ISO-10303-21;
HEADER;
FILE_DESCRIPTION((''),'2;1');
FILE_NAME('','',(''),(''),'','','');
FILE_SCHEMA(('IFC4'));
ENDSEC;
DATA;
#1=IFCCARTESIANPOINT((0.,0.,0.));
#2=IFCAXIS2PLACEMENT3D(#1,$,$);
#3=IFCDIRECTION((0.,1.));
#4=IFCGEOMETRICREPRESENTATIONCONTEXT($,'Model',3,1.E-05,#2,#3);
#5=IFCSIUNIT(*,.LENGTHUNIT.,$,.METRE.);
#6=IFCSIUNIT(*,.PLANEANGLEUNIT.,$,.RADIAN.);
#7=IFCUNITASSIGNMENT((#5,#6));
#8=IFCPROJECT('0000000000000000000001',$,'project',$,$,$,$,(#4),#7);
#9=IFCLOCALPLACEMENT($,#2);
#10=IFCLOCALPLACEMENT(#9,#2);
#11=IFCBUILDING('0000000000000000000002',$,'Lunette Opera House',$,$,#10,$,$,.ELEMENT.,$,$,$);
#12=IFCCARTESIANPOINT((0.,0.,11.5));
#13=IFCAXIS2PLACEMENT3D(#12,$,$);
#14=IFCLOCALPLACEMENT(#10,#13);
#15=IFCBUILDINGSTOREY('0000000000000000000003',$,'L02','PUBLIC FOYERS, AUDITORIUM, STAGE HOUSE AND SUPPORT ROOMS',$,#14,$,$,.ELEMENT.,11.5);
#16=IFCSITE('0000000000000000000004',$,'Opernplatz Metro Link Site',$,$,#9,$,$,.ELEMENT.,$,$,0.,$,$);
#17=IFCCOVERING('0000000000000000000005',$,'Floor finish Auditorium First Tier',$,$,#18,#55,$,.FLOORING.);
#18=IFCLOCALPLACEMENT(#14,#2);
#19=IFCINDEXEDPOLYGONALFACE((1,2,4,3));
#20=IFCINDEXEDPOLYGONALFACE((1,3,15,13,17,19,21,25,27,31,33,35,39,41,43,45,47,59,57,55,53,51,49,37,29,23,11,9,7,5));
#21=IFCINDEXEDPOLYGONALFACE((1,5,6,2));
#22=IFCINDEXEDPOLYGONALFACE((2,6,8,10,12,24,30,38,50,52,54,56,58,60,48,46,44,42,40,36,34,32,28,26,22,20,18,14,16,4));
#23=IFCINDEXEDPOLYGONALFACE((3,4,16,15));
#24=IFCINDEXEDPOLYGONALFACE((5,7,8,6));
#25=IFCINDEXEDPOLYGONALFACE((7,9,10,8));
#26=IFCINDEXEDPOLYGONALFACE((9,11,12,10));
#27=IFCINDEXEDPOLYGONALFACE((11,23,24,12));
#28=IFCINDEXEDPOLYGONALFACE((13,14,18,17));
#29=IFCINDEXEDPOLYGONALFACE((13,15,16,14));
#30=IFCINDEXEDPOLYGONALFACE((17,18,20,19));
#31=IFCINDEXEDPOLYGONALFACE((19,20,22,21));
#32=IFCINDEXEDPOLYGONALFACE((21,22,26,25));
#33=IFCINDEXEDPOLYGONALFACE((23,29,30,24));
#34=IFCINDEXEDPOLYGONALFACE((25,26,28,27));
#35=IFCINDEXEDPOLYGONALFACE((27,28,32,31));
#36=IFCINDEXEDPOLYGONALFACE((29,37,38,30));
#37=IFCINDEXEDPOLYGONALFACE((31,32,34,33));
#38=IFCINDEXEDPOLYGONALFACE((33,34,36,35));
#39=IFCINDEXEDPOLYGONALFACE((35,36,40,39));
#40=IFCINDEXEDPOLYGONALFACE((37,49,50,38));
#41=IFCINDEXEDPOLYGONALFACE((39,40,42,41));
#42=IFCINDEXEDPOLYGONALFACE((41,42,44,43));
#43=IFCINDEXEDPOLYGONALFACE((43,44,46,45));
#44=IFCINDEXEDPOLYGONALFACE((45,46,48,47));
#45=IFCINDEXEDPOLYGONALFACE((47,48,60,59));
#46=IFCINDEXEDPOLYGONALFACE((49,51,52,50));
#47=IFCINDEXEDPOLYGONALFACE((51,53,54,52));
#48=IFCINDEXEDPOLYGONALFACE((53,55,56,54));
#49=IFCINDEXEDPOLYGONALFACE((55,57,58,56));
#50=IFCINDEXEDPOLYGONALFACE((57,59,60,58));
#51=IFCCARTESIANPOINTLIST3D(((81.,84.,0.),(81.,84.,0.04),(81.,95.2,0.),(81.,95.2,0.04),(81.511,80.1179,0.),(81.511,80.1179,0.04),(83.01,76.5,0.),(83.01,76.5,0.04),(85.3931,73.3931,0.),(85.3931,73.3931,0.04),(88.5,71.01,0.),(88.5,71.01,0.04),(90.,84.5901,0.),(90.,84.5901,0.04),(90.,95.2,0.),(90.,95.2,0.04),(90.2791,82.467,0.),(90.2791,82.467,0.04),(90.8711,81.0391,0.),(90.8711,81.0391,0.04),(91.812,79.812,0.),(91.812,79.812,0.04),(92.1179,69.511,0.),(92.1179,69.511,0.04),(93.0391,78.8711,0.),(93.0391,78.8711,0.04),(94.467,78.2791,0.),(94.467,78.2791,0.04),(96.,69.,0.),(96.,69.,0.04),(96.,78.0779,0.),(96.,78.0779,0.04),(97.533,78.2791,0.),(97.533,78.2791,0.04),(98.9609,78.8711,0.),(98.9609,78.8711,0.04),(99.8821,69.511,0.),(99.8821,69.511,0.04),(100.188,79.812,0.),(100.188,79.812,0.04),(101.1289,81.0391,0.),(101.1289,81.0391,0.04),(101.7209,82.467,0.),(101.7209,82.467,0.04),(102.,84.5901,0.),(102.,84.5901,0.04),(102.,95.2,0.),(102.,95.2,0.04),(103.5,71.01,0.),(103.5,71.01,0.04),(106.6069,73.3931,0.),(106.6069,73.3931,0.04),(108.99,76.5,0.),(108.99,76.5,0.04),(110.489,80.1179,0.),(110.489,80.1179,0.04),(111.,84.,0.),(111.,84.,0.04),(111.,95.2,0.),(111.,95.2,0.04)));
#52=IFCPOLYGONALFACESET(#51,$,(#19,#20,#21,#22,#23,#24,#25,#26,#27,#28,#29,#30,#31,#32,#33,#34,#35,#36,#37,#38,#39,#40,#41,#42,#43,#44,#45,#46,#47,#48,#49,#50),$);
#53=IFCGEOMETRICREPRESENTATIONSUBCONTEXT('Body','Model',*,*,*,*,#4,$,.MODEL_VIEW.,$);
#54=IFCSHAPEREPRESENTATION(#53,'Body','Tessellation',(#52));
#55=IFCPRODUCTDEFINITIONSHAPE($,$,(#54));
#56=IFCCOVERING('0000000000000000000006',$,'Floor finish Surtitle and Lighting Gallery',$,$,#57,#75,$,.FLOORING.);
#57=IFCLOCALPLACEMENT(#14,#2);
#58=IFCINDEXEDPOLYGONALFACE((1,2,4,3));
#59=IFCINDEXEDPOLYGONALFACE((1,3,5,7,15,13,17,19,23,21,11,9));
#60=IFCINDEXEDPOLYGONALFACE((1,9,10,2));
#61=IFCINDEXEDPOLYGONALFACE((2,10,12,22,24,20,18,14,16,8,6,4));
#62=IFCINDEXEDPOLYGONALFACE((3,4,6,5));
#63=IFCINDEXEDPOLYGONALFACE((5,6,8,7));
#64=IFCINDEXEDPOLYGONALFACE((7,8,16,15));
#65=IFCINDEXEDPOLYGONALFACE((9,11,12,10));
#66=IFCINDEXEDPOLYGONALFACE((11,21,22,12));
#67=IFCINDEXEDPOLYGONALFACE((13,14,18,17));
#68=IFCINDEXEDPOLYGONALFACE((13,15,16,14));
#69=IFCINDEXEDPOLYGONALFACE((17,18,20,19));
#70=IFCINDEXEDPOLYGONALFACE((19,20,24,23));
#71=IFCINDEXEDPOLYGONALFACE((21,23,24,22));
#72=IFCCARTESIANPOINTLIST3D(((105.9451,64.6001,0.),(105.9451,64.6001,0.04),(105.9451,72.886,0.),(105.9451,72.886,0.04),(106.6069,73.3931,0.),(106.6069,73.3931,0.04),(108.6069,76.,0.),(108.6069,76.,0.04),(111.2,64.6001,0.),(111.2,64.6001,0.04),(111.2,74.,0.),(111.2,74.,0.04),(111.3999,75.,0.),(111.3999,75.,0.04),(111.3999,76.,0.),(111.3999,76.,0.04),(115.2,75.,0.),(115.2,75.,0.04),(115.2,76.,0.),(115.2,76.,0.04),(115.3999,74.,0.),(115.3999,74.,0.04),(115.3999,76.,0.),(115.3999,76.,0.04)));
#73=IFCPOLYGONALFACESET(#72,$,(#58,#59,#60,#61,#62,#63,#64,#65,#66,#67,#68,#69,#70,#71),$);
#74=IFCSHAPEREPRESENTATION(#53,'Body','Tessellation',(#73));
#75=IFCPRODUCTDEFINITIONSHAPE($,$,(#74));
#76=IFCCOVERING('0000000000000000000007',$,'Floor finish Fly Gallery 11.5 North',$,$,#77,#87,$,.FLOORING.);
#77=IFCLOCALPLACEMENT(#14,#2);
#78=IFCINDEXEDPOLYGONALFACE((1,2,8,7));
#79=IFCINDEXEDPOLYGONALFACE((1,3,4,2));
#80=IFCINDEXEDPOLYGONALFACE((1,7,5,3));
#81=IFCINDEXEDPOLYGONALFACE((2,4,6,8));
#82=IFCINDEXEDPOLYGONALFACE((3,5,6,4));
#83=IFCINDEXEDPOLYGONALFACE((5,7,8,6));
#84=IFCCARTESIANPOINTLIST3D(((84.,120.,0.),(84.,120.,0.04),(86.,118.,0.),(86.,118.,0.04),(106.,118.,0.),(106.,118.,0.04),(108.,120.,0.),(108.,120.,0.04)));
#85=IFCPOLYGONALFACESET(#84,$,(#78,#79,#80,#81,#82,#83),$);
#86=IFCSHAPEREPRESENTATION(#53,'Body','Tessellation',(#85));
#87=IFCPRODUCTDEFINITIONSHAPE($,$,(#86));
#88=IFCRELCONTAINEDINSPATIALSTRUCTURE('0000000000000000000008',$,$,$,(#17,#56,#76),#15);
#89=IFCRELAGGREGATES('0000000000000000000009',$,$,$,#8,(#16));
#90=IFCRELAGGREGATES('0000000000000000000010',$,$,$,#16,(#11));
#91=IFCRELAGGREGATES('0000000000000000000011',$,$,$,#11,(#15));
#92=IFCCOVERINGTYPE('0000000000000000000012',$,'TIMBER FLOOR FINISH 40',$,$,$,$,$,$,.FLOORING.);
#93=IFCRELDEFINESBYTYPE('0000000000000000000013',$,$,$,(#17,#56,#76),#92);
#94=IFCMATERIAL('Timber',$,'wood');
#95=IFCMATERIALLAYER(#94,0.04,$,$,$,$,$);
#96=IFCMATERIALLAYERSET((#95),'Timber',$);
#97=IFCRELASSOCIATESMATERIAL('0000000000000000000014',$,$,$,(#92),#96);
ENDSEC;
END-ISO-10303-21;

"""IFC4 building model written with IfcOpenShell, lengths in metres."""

from ifc_helpers import new_model, si_unit, direction, frame, origin, place, context, subcontext, project, spatial, polyline, outline, extrude, material, layer, layer_set, type_object, element, save


model = new_model("IFC4")

# Units and contexts
model_context = context("Model", 3, precision=1e-05, world=origin(), true_north=direction((0.0, 1.0)))
body_context = subcontext(model_context, "Body", "Model", "MODEL_VIEW")
ifc_project = project(units=[si_unit("LENGTHUNIT", "METRE"), si_unit("PLANEANGLEUNIT", "RADIAN")], contexts=[model_context])

# Site, building, storey
site_placement = place(None, origin())
site = spatial("IfcSite", under=ifc_project, at=site_placement, Name="Opernplatz Metro Link Site", CompositionType="ELEMENT", RefElevation=0.0)
building_placement = place(site_placement, origin())
building = spatial("IfcBuilding", under=site, at=building_placement, Name="Lunette Opera House", CompositionType="ELEMENT")
storey_placement = place(building_placement, frame((0.0, 0.0, 11.5)))
storey = spatial("IfcBuildingStorey", under=building, at=storey_placement, Name="L02", Description="PUBLIC FOYERS, AUDITORIUM, STAGE HOUSE AND SUPPORT ROOMS", CompositionType="ELEMENT", Elevation=11.5)

# Coverings
ifc_material_1 = material(Name="Timber", Category="wood")
ifc_layer_1 = layer(ifc_material_1, 0.04)
ifc_layer_set_1 = layer_set([ifc_layer_1], Name="Timber")
covering_type_1 = type_object("IfcCoveringType", Name="TIMBER FLOOR FINISH 40", PredefinedType="FLOORING", material=ifc_layer_set_1)
covering_1_placement = place(storey_placement, origin())
element("IfcCovering", 1, at=covering_1_placement, inside=storey, type_object=covering_type_1, Name="Floor finish Auditorium First Tier", PredefinedType="FLOORING", context=body_context, shape_type="SweptSolid", body=[
    extrude(outline(polyline([(111.0, 84.0), (110.489, 80.1179), (108.99, 76.5), (106.6069, 73.3931), (103.5, 71.01), (99.8821, 69.511), (96.0, 69.0), (92.1179, 69.511), (88.5, 71.01), (85.3931, 73.3931), (83.01, 76.5), (81.511, 80.1179), (81.0, 84.0), (81.0, 95.2), (90.0, 95.2), (90.0, 84.5901), (90.2791, 82.467), (90.8711, 81.0391), (91.812, 79.812), (93.0391, 78.8711), (94.467, 78.2791), (96.0, 78.0779), (97.533, 78.2791), (98.9609, 78.8711), (100.188, 79.812), (101.1289, 81.0391), (101.7209, 82.467), (102.0, 84.5901), (102.0, 95.2), (111.0, 95.2), (111.0, 84.0)])), origin(), (0.0, 0.0, 1.0), 0.04),
])
covering_2_placement = place(storey_placement, origin())
element("IfcCovering", 2, at=covering_2_placement, inside=storey, type_object=covering_type_1, Name="Floor finish Surtitle and Lighting Gallery", PredefinedType="FLOORING", context=body_context, shape_type="SweptSolid", body=[
    extrude(outline(polyline([(105.9451, 64.6001), (105.9451, 72.886), (106.6069, 73.3931), (108.6069, 76.0), (111.3999, 76.0), (111.3999, 75.0), (115.2, 75.0), (115.2, 76.0), (115.3999, 76.0), (115.3999, 74.0), (111.2, 74.0), (111.2, 64.6001), (105.9451, 64.6001)])), origin(), (0.0, 0.0, 1.0), 0.04),
])
covering_3_placement = place(storey_placement, origin())
element("IfcCovering", 3, at=covering_3_placement, inside=storey, type_object=covering_type_1, Name="Floor finish Fly Gallery 11.5 North", PredefinedType="FLOORING", context=body_context, shape_type="SweptSolid", body=[
    extrude(outline(polyline([(106.0, 118.0), (86.0, 118.0), (84.0, 120.0), (108.0, 120.0), (106.0, 118.0)])), origin(), (0.0, 0.0, 1.0), 0.04),
])

save(model, "model.ifc")
